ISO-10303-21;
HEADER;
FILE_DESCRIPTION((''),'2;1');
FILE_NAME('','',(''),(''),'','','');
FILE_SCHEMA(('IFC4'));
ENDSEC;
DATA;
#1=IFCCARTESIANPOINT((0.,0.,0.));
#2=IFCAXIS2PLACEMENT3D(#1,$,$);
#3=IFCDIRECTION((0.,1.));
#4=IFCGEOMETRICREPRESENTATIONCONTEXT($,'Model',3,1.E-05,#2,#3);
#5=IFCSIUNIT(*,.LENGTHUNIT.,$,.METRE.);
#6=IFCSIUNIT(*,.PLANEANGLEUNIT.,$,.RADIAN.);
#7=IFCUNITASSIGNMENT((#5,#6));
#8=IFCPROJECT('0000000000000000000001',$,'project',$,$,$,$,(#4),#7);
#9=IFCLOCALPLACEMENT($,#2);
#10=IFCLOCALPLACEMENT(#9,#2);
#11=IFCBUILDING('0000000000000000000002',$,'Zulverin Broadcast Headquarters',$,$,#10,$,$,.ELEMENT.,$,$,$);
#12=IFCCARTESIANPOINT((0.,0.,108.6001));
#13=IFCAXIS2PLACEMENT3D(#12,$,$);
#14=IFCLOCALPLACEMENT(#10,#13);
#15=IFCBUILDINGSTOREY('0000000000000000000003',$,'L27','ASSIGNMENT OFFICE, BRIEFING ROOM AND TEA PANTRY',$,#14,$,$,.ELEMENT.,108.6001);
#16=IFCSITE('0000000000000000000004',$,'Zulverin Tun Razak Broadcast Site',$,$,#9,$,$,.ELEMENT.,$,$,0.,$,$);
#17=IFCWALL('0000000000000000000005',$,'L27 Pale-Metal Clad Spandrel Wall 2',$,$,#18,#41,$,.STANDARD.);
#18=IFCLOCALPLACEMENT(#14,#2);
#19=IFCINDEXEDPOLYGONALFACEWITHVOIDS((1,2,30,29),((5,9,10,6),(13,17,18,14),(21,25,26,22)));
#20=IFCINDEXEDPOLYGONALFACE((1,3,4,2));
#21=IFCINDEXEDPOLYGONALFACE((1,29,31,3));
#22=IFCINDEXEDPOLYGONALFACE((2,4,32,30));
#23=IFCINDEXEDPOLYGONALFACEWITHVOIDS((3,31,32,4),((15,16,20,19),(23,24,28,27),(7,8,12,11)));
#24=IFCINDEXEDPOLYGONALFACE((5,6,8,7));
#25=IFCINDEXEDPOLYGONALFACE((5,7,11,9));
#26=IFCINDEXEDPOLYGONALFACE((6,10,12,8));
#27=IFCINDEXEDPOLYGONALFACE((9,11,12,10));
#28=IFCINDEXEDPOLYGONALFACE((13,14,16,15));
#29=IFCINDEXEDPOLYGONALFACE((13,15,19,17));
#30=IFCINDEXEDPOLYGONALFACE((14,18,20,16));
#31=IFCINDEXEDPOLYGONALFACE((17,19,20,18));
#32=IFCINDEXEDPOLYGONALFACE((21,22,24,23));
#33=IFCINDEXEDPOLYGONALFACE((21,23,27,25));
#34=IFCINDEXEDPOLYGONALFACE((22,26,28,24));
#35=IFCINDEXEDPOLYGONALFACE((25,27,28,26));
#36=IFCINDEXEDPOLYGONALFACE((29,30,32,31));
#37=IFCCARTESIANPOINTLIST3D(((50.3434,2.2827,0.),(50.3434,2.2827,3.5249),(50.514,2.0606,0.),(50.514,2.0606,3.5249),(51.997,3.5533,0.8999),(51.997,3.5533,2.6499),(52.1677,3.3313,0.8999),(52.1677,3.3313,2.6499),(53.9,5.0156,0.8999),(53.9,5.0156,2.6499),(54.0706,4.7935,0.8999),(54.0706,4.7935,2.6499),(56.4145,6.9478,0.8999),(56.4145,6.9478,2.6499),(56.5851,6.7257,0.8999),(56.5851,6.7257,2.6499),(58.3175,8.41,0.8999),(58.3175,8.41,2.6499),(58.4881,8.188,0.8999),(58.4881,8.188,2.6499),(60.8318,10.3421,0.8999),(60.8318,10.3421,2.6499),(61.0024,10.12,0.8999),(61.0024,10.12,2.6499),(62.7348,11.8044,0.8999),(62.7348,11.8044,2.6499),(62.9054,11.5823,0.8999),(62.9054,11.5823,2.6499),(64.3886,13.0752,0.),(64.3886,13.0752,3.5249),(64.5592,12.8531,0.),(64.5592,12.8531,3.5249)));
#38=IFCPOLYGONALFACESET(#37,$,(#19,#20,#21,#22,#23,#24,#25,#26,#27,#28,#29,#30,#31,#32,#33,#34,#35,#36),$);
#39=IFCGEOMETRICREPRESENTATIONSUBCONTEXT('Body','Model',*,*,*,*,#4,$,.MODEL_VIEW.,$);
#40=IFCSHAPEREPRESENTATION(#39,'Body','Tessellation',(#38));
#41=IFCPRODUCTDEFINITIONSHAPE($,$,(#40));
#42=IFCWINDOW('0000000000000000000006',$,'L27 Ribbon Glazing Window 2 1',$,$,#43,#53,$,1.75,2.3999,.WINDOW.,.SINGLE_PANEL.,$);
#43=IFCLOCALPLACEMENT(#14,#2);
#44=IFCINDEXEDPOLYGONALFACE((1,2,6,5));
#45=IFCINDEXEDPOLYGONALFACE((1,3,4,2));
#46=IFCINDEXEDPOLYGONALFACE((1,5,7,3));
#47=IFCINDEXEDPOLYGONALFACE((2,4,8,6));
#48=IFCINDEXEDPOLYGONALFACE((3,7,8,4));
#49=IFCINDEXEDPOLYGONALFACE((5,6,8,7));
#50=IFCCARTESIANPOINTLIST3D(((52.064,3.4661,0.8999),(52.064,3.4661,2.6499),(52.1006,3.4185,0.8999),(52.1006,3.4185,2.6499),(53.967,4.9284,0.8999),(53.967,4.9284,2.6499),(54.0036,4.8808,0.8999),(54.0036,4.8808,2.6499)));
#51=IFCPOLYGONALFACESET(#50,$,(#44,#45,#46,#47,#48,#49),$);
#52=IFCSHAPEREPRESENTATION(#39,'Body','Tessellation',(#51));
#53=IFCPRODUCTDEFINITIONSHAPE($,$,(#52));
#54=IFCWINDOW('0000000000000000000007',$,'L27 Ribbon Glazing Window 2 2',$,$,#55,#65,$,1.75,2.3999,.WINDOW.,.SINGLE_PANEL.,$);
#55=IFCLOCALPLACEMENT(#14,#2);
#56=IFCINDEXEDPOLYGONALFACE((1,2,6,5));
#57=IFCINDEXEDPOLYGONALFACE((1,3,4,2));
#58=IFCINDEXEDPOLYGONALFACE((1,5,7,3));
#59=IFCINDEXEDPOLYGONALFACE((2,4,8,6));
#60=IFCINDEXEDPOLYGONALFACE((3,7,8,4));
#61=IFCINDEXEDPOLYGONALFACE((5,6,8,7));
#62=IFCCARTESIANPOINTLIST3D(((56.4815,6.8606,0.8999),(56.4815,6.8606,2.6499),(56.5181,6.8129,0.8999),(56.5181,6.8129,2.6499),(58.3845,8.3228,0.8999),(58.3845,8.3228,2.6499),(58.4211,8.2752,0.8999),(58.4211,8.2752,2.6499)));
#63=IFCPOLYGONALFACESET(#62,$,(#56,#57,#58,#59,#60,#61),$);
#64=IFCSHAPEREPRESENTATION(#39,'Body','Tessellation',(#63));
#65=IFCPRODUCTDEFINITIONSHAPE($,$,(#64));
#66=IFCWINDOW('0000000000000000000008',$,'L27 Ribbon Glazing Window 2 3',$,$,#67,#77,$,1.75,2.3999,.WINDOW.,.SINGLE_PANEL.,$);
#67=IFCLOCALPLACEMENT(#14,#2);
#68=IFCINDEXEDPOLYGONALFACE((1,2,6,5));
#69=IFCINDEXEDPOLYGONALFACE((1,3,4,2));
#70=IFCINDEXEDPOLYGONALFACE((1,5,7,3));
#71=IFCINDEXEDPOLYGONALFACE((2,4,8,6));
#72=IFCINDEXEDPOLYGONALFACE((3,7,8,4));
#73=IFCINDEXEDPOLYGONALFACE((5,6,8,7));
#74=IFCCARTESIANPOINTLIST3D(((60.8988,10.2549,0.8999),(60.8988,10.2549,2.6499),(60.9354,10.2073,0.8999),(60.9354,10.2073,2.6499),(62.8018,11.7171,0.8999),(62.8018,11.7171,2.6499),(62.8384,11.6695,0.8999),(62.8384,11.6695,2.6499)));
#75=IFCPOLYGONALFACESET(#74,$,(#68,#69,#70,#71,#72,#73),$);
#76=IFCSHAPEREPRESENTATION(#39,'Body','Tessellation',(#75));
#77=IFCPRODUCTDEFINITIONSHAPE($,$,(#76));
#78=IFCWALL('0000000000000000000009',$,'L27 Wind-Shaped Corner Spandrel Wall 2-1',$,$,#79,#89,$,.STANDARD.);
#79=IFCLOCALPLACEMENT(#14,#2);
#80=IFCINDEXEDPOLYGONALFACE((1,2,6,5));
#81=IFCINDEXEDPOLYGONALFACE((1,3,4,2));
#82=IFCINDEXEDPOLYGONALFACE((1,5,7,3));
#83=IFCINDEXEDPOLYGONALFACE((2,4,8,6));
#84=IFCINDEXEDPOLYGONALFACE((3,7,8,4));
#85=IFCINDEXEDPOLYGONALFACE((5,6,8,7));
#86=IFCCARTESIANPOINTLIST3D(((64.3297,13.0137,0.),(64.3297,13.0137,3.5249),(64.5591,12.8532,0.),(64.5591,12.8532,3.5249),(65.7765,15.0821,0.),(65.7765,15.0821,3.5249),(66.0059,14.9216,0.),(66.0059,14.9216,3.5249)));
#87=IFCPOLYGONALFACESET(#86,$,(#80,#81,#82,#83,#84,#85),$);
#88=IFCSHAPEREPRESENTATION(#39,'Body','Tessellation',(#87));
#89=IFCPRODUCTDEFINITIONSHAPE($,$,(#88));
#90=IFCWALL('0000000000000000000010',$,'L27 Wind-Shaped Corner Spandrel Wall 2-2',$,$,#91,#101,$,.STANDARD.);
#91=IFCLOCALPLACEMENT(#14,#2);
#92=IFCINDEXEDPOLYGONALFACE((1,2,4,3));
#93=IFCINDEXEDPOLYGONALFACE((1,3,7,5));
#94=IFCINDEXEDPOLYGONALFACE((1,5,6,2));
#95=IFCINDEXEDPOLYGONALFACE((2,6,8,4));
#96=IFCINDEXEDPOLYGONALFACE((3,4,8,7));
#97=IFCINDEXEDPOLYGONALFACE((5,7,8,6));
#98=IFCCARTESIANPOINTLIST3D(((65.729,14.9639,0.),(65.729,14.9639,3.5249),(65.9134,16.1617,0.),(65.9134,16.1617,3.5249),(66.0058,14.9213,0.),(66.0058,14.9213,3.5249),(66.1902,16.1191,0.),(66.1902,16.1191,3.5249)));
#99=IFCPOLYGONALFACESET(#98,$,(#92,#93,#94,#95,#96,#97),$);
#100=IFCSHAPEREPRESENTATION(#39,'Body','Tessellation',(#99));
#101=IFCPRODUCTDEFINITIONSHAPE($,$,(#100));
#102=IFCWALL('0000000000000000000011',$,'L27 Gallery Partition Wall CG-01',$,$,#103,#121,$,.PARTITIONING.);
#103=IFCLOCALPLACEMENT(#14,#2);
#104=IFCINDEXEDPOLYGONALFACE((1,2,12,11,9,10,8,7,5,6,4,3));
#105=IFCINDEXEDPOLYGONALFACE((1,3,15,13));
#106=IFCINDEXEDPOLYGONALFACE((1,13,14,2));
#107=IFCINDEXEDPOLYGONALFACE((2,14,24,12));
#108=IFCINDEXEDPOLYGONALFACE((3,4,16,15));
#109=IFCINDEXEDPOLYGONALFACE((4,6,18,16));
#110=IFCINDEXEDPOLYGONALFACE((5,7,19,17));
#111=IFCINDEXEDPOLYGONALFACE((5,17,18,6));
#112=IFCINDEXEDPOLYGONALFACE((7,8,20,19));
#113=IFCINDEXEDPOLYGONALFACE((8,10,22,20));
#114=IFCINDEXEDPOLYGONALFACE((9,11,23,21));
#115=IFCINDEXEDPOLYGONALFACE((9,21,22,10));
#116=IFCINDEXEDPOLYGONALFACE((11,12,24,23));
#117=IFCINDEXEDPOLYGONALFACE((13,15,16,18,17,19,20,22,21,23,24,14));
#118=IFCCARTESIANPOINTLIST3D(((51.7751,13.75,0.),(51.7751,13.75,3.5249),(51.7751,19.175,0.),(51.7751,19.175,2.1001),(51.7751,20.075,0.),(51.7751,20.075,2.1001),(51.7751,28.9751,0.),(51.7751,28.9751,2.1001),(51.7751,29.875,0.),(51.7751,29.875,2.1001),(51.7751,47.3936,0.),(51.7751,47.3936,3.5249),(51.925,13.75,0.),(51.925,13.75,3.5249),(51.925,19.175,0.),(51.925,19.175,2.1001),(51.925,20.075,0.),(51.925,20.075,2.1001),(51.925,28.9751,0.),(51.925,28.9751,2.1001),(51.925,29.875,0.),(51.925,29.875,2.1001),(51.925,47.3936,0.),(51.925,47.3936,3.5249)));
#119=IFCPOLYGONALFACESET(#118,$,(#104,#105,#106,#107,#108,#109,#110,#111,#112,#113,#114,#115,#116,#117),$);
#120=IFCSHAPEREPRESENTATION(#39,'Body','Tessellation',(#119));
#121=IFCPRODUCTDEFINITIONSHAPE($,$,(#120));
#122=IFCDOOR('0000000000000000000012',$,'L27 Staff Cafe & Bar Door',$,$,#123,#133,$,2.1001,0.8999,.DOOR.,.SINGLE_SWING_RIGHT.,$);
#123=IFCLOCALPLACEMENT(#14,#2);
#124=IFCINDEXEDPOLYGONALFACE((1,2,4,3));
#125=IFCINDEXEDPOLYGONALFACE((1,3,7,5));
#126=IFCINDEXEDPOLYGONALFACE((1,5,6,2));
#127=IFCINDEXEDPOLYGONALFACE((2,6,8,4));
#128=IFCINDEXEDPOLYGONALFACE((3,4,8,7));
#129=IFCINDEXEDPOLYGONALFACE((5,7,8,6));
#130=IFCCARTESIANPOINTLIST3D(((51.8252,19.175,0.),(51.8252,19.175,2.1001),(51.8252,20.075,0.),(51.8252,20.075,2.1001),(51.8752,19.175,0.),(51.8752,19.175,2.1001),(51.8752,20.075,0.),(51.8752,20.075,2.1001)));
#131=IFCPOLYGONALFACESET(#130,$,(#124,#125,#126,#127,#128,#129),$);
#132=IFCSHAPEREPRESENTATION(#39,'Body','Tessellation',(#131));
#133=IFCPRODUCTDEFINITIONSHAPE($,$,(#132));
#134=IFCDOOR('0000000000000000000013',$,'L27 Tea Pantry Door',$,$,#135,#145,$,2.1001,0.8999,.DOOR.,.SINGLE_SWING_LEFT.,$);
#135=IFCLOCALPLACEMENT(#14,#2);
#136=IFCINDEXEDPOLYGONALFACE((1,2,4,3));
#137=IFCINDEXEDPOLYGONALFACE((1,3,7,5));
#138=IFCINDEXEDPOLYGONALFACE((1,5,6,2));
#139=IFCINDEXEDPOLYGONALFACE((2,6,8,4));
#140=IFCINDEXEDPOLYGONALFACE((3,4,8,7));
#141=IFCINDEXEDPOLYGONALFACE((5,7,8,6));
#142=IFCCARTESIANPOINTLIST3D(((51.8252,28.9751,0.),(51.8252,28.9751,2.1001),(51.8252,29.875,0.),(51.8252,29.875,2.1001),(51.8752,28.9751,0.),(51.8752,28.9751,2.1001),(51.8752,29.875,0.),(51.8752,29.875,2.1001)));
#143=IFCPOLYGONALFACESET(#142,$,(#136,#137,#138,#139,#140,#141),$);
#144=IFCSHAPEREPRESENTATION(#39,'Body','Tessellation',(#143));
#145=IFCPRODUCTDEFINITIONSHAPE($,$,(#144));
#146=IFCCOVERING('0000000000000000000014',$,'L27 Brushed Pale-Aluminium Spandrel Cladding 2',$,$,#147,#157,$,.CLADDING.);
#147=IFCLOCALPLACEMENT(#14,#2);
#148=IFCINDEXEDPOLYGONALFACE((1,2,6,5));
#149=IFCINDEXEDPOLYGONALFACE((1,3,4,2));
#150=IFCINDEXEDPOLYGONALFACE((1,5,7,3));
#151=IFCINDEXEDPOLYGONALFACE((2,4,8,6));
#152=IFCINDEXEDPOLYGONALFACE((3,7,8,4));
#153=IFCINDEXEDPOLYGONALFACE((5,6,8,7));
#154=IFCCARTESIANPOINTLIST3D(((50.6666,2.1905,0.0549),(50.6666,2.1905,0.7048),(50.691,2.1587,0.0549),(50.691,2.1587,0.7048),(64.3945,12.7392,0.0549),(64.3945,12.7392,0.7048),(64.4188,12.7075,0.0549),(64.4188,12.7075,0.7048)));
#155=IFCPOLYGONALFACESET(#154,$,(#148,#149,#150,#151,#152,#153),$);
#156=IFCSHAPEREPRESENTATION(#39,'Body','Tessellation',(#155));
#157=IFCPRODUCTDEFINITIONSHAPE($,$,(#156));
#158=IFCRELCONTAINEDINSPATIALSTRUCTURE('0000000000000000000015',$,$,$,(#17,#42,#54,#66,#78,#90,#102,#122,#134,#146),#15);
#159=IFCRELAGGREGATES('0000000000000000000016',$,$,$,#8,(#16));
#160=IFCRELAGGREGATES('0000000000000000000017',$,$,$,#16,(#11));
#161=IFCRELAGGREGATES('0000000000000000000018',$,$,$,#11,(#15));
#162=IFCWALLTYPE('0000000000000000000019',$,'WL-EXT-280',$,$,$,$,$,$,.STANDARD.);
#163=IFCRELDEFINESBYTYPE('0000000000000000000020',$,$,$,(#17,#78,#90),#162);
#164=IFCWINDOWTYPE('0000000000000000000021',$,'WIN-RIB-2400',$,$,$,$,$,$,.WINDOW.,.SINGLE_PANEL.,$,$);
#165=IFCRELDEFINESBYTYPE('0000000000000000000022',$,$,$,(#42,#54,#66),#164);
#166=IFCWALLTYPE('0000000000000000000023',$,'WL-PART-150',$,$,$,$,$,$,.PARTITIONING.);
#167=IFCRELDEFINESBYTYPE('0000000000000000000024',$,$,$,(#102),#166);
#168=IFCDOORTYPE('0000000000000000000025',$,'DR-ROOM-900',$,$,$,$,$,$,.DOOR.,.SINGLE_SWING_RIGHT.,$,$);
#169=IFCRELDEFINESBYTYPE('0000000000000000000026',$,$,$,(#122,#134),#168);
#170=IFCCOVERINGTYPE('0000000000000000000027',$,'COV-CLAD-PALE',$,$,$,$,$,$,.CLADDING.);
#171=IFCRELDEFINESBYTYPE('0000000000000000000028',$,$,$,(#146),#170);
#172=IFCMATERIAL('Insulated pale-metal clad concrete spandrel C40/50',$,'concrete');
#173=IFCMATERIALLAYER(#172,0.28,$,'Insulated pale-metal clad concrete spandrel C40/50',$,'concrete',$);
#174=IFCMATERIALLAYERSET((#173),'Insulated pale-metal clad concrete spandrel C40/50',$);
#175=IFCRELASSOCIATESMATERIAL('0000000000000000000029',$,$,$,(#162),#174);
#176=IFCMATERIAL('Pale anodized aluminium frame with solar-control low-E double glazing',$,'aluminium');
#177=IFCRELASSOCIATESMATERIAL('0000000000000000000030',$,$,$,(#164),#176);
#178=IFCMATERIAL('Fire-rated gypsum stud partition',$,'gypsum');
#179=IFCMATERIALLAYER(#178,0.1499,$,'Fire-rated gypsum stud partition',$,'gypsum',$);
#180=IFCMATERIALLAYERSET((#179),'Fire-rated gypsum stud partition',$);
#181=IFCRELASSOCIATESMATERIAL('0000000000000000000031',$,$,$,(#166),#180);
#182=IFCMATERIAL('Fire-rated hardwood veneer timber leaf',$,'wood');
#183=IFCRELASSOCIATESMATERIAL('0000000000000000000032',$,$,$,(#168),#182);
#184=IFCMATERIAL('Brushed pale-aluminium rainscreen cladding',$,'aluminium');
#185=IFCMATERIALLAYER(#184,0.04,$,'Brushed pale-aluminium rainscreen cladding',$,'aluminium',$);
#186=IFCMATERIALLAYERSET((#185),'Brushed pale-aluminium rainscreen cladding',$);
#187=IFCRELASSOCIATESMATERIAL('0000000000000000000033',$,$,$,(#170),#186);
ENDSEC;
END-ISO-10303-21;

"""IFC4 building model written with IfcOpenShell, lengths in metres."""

from ifc_helpers import new_model, si_unit, direction, frame, frame_2d, origin, origin_2d, place, context, subcontext, project, spatial, rectangle, extrude, material, layer, layer_set, type_object, element, fill, save


model = new_model("IFC4")

# Units and contexts
model_context = context("Model", 3, precision=1e-05, world=origin(), true_north=direction((0.0, 1.0)))
body_context = subcontext(model_context, "Body", "Model", "MODEL_VIEW")
ifc_project = project(units=[si_unit("LENGTHUNIT", "METRE"), si_unit("PLANEANGLEUNIT", "RADIAN")], contexts=[model_context])

# Site, building, storey
site_placement = place(None, origin())
site = spatial("IfcSite", under=ifc_project, at=site_placement, Name="Zulverin Tun Razak Broadcast Site", CompositionType="ELEMENT", RefElevation=0.0)
building_placement = place(site_placement, origin())
building = spatial("IfcBuilding", under=site, at=building_placement, Name="Zulverin Broadcast Headquarters", CompositionType="ELEMENT")
storey_placement = place(building_placement, frame((0.0, 0.0, 108.6001)))
storey = spatial("IfcBuildingStorey", under=building, at=storey_placement, Name="L27", Description="ASSIGNMENT OFFICE, BRIEFING ROOM AND TEA PANTRY", CompositionType="ELEMENT", Elevation=108.6001)

# Wall, openings, windows
ifc_material_1 = material(Name="Insulated pale-metal clad concrete spandrel C40/50", Category="concrete")
ifc_layer_1 = layer(ifc_material_1, 0.28, Name="Insulated pale-metal clad concrete spandrel C40/50", Category="concrete")
ifc_layer_set_1 = layer_set([ifc_layer_1], Name="Insulated pale-metal clad concrete spandrel C40/50")
wall_type_1 = type_object("IfcWallType", Name="WL-EXT-280", PredefinedType="STANDARD", material=ifc_layer_set_1)
wall_1_placement = place(storey_placement, frame((50.4287, 2.1716, 0.0), z_axis=(0.0, 0.0, 1.0), x_axis=(0.792937, 0.609303, 0.0)))
wall_1 = element("IfcWall", 1, at=wall_1_placement, inside=storey, type_object=wall_type_1, Name="L27 Pale-Metal Clad Spandrel Wall 2", PredefinedType="STANDARD", context=body_context, shape_type="SweptSolid", body=[
    extrude(rectangle(XDim=17.7129, YDim=0.28, at=frame_2d((8.8564, 0.0))), origin(), (0.0, 0.0, 1.0), 3.5249),
])
opening_1_placement = place(wall_1_placement, frame((2.0854, 0.0, 0.8999)))
opening_1 = element("IfcOpeningElement", 2, at=opening_1_placement, cuts=wall_1, PredefinedType="OPENING", context=body_context, shape_type="SweptSolid", body=[
    extrude(rectangle(XDim=2.3999, YDim=1.75, at=frame_2d((1.2, 0.875))), frame((0.0, 0.1499, 0.0), z_axis=(0.0, -1.0, 0.0), x_axis=(1.0, 0.0, 0.0)), (0.0, 0.0, 1.0), 0.3),
])
opening_2_placement = place(wall_1_placement, frame((7.6565, 0.0, 0.8999)))
opening_2 = element("IfcOpeningElement", 3, at=opening_2_placement, cuts=wall_1, PredefinedType="OPENING", context=body_context, shape_type="SweptSolid", body=[
    extrude(rectangle(XDim=2.3999, YDim=1.75, at=frame_2d((1.2, 0.875))), frame((0.0, 0.1499, 0.0), z_axis=(0.0, -1.0, 0.0), x_axis=(1.0, 0.0, 0.0)), (0.0, 0.0, 1.0), 0.3),
])
opening_3_placement = place(wall_1_placement, frame((13.2273, 0.0, 0.8999)))
opening_3 = element("IfcOpeningElement", 4, at=opening_3_placement, cuts=wall_1, PredefinedType="OPENING", context=body_context, shape_type="SweptSolid", body=[
    extrude(rectangle(XDim=2.3999, YDim=1.75, at=frame_2d((1.2, 0.875))), frame((0.0, 0.1499, 0.0), z_axis=(0.0, -1.0, 0.0), x_axis=(1.0, 0.0, 0.0)), (0.0, 0.0, 1.0), 0.3),
])
ifc_material_2 = material(Name="Pale anodized aluminium frame with solar-control low-E double glazing", Category="aluminium")
window_type = type_object("IfcWindowType", Name="WIN-RIB-2400", PartitioningType="SINGLE_PANEL", PredefinedType="WINDOW", material=ifc_material_2)
window_1_placement = place(opening_1_placement, origin())
window_1 = element("IfcWindow", 5, at=window_1_placement, inside=storey, type_object=window_type, Name="L27 Ribbon Glazing Window 2 1", OverallHeight=1.75, OverallWidth=2.3999, PartitioningType="SINGLE_PANEL", PredefinedType="WINDOW", context=body_context, shape_type="SweptSolid", body=[
    extrude(rectangle(XDim=2.3999, YDim=1.75, at=frame_2d((1.2, 0.875))), frame((0.0, 0.03, 0.0), z_axis=(0.0, -1.0, 0.0), x_axis=(1.0, 0.0, 0.0)), (0.0, 0.0, 1.0), 0.0601),
])
fill(opening_1, window_1)
window_2_placement = place(opening_2_placement, origin())
window_2 = element("IfcWindow", 6, at=window_2_placement, inside=storey, type_object=window_type, Name="L27 Ribbon Glazing Window 2 2", OverallHeight=1.75, OverallWidth=2.3999, PartitioningType="SINGLE_PANEL", PredefinedType="WINDOW", context=body_context, shape_type="SweptSolid", body=[
    extrude(rectangle(XDim=2.3999, YDim=1.75, at=frame_2d((1.2, 0.875))), frame((0.0, 0.03, 0.0), z_axis=(0.0, -1.0, 0.0), x_axis=(1.0, 0.0, 0.0)), (0.0, 0.0, 1.0), 0.0601),
])
fill(opening_2, window_2)
window_3_placement = place(opening_3_placement, origin())
window_3 = element("IfcWindow", 7, at=window_3_placement, inside=storey, type_object=window_type, Name="L27 Ribbon Glazing Window 2 3", OverallHeight=1.75, OverallWidth=2.3999, PartitioningType="SINGLE_PANEL", PredefinedType="WINDOW", context=body_context, shape_type="SweptSolid", body=[
    extrude(rectangle(XDim=2.3999, YDim=1.75, at=frame_2d((1.2, 0.875))), frame((0.0, 0.03, 0.0), z_axis=(0.0, -1.0, 0.0), x_axis=(1.0, 0.0, 0.0)), (0.0, 0.0, 1.0), 0.0601),
])
fill(opening_3, window_3)

# Walls
wall_2_placement = place(storey_placement, frame((64.4443, 12.9333, 0.0), z_axis=(0.0, 0.0, 1.0), x_axis=(0.573177, 0.819432, 0.0)))
element("IfcWall", 8, at=wall_2_placement, inside=storey, type_object=wall_type_1, Name="L27 Wind-Shaped Corner Spandrel Wall 2-1", PredefinedType="STANDARD", context=body_context, shape_type="SweptSolid", body=[
    extrude(rectangle(XDim=2.5242, YDim=0.28, at=frame_2d((1.2622, 0.0))), origin(), (0.0, 0.0, 1.0), 3.5249),
])
wall_3_placement = place(storey_placement, frame((65.8674, 14.9426, 0.0), z_axis=(0.0, 0.0, 1.0), x_axis=(0.152103, 0.988365, 0.0)))
element("IfcWall", 9, at=wall_3_placement, inside=storey, type_object=wall_type_1, Name="L27 Wind-Shaped Corner Spandrel Wall 2-2", PredefinedType="STANDARD", context=body_context, shape_type="SweptSolid", body=[
    extrude(rectangle(XDim=1.2119, YDim=0.28, at=frame_2d((0.606, 0.0))), origin(), (0.0, 0.0, 1.0), 3.5249),
])

# Wall, openings, doors
ifc_material_3 = material(Name="Fire-rated gypsum stud partition", Category="gypsum")
ifc_layer_2 = layer(ifc_material_3, 0.1499, Name="Fire-rated gypsum stud partition", Category="gypsum")
ifc_layer_set_2 = layer_set([ifc_layer_2], Name="Fire-rated gypsum stud partition")
wall_type_2 = type_object("IfcWallType", Name="WL-PART-150", PredefinedType="PARTITIONING", material=ifc_layer_set_2)
wall_4_placement = place(storey_placement, frame((51.8501, 13.75, 0.0), z_axis=(0.0, 0.0, 1.0), x_axis=(0.0, 1.0, 0.0)))
wall_4 = element("IfcWall", 10, at=wall_4_placement, inside=storey, type_object=wall_type_2, Name="L27 Gallery Partition Wall CG-01", PredefinedType="PARTITIONING", context=body_context, shape_type="SweptSolid", body=[
    extrude(rectangle(XDim=33.6436, YDim=0.1499, at=frame_2d((16.8218, 0.0))), origin(), (0.0, 0.0, 1.0), 3.5249),
])
opening_4_placement = place(wall_4_placement, frame((5.425, 0.0, 0.0)))
opening_4 = element("IfcOpeningElement", 11, at=opening_4_placement, cuts=wall_4, PredefinedType="OPENING", context=body_context, shape_type="SweptSolid", body=[
    extrude(rectangle(XDim=0.8999, YDim=2.1001, at=frame_2d((0.45, 1.05))), frame((0.0, 0.085, 0.0), z_axis=(0.0, -1.0, 0.0), x_axis=(1.0, 0.0, 0.0)), (0.0, 0.0, 1.0), 0.1699),
])
opening_5_placement = place(wall_4_placement, frame((15.2251, 0.0, 0.0)))
opening_5 = element("IfcOpeningElement", 12, at=opening_5_placement, cuts=wall_4, PredefinedType="OPENING", context=body_context, shape_type="SweptSolid", body=[
    extrude(rectangle(XDim=0.8999, YDim=2.1001, at=frame_2d((0.45, 1.05))), frame((0.0, 0.085, 0.0), z_axis=(0.0, -1.0, 0.0), x_axis=(1.0, 0.0, 0.0)), (0.0, 0.0, 1.0), 0.1699),
])
ifc_material_4 = material(Name="Fire-rated hardwood veneer timber leaf", Category="wood")
door_type = type_object("IfcDoorType", Name="DR-ROOM-900", OperationType="SINGLE_SWING_RIGHT", PredefinedType="DOOR", material=ifc_material_4)
door_1_placement = place(opening_4_placement, origin())
door_1 = element("IfcDoor", 13, at=door_1_placement, inside=storey, type_object=door_type, Name="L27 Staff Cafe & Bar Door", OperationType="SINGLE_SWING_RIGHT", OverallHeight=2.1001, OverallWidth=0.8999, PredefinedType="DOOR", context=body_context, shape_type="SweptSolid", body=[
    extrude(rectangle(XDim=0.8999, YDim=2.1001, at=frame_2d((0.45, 1.05))), frame((0.0, 0.0249, 0.0), z_axis=(0.0, -1.0, 0.0), x_axis=(1.0, 0.0, 0.0)), (0.0, 0.0, 1.0), 0.05),
])
fill(opening_4, door_1)
door_2_placement = place(opening_5_placement, origin())
door_2 = element("IfcDoor", 14, at=door_2_placement, inside=storey, type_object=door_type, Name="L27 Tea Pantry Door", OperationType="SINGLE_SWING_LEFT", OverallHeight=2.1001, OverallWidth=0.8999, PredefinedType="DOOR", context=body_context, shape_type="SweptSolid", body=[
    extrude(rectangle(XDim=0.8999, YDim=2.1001, at=frame_2d((0.45, 1.05))), frame((0.0, 0.0249, 0.0), z_axis=(0.0, -1.0, 0.0), x_axis=(1.0, 0.0, 0.0)), (0.0, 0.0, 1.0), 0.05),
])
fill(opening_5, door_2)

# Covering
ifc_material_5 = material(Name="Brushed pale-aluminium rainscreen cladding", Category="aluminium")
ifc_layer_3 = layer(ifc_material_5, 0.04, Name="Brushed pale-aluminium rainscreen cladding", Category="aluminium")
ifc_layer_set_3 = layer_set([ifc_layer_3], Name="Brushed pale-aluminium rainscreen cladding")
covering_type = type_object("IfcCoveringType", Name="COV-CLAD-PALE", PredefinedType="CLADDING", material=ifc_layer_set_3)
covering_placement = place(storey_placement, frame((57.5427, 7.449, 0.0549), z_axis=(0.0, 0.0, 1.0), x_axis=(0.792933, 0.609308, 0.0)))
element("IfcCovering", 15, at=covering_placement, inside=storey, type_object=covering_type, Name="L27 Brushed Pale-Aluminium Spandrel Cladding 2", PredefinedType="CLADDING", context=body_context, shape_type="SweptSolid", body=[
    extrude(rectangle(XDim=17.3127, YDim=0.04, at=origin_2d()), origin(), (0.0, 0.0, 1.0), 0.6499),
])

save(model, "model.ifc")
